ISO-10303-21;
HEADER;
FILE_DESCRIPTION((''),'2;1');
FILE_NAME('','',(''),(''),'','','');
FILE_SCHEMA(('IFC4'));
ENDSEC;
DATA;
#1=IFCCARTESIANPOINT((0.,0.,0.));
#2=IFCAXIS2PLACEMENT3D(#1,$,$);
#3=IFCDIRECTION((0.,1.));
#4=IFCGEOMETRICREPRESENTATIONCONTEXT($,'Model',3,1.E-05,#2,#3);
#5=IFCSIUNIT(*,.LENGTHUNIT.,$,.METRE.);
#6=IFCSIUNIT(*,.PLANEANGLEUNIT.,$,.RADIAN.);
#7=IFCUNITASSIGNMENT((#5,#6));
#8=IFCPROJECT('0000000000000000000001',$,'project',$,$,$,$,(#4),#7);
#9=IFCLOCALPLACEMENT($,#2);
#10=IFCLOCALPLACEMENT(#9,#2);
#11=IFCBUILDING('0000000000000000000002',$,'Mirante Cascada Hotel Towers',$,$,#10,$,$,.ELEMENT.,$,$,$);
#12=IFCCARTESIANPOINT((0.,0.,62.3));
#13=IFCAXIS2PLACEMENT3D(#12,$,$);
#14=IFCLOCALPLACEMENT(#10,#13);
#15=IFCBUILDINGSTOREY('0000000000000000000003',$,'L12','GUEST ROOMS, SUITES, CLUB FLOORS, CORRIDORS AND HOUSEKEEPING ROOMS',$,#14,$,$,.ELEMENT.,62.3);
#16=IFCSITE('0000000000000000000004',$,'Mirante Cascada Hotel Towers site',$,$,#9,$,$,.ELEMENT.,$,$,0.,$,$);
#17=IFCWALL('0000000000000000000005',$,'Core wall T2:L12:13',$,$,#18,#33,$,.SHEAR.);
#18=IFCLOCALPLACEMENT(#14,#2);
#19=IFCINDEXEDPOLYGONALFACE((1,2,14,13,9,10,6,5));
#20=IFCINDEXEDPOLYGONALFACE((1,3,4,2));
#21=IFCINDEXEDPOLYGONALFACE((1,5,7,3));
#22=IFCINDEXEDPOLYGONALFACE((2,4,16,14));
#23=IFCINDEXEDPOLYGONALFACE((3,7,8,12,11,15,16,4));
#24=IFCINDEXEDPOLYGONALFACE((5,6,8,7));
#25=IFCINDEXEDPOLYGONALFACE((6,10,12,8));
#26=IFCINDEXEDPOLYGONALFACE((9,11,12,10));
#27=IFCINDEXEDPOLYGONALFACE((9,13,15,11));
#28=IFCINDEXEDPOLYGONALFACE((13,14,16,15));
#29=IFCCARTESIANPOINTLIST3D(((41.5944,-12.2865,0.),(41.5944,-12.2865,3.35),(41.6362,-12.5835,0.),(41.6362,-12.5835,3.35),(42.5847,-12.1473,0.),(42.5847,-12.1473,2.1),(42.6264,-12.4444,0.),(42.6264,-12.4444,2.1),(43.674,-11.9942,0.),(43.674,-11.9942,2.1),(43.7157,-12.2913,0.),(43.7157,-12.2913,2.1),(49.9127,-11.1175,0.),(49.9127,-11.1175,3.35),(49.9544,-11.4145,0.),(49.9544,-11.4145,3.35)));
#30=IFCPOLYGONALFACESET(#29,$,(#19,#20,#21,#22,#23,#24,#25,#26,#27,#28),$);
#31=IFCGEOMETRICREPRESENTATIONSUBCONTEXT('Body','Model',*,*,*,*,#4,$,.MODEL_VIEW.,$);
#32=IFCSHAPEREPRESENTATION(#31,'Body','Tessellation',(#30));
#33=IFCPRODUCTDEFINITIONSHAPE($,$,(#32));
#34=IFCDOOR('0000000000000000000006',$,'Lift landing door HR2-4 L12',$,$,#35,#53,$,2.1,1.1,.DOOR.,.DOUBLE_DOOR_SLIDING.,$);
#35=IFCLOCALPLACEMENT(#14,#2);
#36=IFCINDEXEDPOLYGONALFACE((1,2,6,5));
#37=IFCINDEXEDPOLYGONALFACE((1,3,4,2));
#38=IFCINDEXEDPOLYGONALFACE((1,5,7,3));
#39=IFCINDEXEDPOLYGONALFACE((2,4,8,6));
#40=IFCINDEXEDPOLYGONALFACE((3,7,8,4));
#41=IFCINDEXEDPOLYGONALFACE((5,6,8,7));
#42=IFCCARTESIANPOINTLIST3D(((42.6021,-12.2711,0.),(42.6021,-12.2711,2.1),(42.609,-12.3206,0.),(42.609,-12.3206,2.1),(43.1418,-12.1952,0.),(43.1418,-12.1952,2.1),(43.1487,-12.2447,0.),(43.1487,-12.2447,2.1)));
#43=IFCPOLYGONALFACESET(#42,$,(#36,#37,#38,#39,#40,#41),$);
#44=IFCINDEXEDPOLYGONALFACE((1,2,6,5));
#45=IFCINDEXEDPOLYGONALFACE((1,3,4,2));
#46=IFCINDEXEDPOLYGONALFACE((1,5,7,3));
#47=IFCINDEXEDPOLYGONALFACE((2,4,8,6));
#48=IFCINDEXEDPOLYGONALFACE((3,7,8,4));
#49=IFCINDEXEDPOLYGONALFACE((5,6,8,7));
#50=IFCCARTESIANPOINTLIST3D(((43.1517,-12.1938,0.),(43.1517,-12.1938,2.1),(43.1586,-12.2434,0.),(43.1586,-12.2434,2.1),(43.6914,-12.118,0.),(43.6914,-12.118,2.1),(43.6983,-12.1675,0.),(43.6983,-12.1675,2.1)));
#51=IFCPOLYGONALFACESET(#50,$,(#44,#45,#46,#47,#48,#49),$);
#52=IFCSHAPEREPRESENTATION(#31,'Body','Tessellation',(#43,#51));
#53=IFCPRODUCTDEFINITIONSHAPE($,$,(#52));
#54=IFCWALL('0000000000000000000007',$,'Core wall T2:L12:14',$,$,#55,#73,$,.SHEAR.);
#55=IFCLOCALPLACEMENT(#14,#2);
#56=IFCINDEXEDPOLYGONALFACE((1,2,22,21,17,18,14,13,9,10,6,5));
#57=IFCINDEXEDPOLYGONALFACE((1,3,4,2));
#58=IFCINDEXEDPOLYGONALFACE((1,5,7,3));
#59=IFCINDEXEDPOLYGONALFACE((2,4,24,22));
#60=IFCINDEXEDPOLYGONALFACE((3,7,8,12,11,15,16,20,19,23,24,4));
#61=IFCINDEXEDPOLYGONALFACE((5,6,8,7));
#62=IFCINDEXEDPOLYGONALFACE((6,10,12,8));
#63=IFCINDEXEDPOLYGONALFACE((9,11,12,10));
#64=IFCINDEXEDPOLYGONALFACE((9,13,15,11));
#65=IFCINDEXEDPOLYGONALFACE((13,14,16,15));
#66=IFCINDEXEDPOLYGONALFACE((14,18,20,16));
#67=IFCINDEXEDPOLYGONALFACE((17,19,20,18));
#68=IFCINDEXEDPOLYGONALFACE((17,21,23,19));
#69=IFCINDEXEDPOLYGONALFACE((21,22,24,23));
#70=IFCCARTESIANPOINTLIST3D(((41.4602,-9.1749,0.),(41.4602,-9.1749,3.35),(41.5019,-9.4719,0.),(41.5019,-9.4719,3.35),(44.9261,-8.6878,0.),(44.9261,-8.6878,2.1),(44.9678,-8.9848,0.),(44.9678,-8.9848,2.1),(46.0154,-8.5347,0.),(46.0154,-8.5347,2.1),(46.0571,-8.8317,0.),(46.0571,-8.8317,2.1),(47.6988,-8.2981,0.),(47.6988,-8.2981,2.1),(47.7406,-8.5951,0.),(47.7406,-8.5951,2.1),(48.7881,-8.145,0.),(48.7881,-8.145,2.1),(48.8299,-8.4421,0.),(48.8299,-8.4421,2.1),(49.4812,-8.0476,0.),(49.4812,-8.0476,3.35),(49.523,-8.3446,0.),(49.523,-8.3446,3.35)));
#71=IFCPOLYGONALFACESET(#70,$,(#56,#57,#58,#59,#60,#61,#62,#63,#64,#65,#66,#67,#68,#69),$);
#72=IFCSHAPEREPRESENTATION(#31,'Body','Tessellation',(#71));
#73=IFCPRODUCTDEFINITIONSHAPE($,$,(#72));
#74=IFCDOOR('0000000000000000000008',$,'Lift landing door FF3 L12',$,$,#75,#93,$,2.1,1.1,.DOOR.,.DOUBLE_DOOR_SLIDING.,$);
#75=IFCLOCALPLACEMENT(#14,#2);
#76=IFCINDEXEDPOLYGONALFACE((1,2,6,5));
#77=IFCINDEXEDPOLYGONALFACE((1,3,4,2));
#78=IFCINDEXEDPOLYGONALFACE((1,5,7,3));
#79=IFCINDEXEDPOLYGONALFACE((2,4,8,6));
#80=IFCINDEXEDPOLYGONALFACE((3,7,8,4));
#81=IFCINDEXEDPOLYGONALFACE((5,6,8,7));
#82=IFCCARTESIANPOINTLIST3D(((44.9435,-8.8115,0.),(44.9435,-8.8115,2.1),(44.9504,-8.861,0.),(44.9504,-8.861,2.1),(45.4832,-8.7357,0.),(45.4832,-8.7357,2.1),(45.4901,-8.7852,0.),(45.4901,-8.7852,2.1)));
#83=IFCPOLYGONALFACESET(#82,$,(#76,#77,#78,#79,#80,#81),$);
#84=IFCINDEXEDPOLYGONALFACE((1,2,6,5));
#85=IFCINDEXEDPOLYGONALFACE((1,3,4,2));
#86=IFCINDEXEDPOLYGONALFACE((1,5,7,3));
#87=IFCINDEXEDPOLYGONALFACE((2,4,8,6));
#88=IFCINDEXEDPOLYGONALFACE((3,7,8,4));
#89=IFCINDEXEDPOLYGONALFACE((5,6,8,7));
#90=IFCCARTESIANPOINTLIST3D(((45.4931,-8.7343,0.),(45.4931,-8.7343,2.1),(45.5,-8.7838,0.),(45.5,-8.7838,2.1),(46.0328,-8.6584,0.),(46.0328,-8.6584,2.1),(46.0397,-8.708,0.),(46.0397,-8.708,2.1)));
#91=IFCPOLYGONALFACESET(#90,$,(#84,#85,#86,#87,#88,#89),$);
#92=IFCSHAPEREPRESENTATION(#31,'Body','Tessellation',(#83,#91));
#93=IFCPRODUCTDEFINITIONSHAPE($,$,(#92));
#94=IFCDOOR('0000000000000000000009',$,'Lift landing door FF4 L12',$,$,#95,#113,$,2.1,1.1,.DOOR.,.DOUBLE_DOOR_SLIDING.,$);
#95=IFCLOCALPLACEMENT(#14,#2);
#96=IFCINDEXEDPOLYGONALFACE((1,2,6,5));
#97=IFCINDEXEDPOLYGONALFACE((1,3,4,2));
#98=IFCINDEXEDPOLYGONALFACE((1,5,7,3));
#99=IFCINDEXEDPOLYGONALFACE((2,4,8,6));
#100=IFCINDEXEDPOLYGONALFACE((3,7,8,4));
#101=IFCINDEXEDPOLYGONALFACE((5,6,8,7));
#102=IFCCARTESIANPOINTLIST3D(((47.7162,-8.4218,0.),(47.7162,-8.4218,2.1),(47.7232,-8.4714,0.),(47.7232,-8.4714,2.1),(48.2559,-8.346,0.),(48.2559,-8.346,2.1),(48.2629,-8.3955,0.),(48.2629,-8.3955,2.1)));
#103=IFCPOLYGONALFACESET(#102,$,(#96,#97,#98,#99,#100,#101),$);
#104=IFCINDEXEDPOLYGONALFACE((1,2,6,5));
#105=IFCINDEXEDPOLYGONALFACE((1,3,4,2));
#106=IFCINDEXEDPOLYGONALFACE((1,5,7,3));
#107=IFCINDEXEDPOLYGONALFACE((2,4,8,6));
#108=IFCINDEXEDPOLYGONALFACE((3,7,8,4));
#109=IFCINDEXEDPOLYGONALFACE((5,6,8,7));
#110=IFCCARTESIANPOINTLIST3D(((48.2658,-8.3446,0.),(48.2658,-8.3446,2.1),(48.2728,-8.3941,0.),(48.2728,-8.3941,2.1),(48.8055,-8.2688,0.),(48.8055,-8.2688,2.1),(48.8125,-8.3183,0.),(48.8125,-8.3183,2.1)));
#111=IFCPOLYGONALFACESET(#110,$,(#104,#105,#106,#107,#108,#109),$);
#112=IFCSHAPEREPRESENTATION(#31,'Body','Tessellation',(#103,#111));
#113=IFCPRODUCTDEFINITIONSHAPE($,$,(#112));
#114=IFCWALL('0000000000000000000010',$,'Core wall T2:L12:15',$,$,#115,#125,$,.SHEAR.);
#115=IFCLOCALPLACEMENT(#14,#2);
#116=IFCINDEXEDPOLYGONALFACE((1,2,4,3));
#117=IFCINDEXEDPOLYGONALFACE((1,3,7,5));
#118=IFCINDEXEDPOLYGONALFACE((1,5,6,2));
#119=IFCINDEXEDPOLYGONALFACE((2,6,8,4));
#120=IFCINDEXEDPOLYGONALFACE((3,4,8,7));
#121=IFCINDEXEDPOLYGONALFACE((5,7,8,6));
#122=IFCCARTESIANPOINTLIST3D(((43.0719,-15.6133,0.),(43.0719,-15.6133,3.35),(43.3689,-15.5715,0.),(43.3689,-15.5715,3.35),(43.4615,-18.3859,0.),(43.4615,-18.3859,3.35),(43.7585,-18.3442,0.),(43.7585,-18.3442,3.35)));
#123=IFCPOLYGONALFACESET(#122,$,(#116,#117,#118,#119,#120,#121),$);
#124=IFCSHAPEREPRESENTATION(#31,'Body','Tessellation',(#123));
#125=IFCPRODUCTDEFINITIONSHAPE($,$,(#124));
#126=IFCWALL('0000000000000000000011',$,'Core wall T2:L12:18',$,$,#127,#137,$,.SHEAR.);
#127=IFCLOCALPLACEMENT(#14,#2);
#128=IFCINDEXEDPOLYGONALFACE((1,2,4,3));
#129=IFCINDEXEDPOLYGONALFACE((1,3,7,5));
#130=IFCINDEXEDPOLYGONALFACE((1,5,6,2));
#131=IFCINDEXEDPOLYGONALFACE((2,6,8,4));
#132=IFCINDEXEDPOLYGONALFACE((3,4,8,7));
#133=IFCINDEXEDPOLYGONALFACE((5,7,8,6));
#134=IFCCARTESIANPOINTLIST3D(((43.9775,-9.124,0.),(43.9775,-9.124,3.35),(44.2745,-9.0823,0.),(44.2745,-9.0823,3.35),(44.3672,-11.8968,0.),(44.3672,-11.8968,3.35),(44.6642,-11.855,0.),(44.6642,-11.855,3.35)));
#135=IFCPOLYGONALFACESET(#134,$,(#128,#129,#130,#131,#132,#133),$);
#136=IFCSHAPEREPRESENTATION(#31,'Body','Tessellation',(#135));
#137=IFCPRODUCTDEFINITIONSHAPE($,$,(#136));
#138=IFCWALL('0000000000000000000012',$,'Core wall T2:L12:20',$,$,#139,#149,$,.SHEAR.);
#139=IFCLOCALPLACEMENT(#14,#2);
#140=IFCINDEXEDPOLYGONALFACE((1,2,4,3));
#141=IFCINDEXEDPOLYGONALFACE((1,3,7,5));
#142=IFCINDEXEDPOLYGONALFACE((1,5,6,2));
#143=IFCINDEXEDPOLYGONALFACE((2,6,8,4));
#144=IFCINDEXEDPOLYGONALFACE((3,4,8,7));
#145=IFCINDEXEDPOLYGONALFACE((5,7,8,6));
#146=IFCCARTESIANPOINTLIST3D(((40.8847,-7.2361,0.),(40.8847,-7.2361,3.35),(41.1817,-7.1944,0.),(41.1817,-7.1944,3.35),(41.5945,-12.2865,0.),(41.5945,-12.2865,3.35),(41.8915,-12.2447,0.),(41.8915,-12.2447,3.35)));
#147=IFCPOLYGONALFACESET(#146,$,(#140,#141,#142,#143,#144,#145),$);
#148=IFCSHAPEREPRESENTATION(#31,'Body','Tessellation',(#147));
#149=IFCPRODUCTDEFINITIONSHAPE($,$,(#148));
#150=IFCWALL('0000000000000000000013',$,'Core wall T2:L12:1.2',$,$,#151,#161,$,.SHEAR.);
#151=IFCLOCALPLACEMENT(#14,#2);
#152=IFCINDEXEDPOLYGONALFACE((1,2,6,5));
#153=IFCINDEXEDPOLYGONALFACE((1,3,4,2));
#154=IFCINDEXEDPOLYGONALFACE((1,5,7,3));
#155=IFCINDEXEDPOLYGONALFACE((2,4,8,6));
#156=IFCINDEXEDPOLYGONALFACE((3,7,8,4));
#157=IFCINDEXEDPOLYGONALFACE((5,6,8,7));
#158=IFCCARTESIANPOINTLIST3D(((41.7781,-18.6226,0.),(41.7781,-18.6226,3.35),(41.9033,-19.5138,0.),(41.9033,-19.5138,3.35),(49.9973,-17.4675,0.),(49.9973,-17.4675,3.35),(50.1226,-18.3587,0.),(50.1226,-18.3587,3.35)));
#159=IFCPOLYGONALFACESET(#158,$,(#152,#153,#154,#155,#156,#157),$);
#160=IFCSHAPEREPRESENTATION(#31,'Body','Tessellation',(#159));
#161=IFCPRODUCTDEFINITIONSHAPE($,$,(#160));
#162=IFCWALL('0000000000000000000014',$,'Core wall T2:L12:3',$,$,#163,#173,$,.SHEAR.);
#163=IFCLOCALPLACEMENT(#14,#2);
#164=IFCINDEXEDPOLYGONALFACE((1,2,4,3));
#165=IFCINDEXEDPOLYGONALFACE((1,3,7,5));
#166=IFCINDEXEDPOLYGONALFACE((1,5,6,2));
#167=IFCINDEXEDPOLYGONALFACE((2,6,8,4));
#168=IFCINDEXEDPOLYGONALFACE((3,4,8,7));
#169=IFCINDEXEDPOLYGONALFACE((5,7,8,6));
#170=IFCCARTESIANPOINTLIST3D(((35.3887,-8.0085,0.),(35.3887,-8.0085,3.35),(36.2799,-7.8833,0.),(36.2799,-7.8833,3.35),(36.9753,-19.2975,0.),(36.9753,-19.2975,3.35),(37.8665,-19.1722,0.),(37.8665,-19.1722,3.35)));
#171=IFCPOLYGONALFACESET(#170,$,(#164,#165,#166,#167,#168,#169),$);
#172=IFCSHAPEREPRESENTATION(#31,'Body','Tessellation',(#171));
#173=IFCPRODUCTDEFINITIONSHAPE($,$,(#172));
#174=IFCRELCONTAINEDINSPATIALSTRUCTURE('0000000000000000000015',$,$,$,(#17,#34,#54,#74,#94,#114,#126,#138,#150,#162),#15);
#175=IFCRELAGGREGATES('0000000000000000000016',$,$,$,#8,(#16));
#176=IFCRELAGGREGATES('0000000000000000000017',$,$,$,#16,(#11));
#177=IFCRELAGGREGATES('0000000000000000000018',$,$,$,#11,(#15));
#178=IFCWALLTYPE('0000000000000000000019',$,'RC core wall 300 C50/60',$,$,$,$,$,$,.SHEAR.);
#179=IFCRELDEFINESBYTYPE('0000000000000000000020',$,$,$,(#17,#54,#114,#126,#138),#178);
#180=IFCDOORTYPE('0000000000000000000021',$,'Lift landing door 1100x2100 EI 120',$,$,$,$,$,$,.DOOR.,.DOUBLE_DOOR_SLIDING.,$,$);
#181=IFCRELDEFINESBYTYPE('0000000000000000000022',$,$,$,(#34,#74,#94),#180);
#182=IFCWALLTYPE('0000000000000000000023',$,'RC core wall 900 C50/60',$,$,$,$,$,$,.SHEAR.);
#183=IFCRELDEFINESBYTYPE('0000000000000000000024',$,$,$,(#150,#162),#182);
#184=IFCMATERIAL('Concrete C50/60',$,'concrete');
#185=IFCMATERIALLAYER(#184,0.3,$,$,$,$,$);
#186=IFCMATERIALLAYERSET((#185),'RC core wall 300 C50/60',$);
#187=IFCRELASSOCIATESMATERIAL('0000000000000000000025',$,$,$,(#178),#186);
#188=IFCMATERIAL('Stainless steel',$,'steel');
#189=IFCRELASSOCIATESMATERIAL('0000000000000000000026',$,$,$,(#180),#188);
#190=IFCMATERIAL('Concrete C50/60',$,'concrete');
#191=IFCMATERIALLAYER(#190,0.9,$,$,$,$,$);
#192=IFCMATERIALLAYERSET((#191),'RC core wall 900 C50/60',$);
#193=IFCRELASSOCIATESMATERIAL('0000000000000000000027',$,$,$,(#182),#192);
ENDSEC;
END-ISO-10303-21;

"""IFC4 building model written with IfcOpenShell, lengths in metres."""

from ifc_helpers import new_model, si_unit, direction, frame, frame_2d, origin, place, context, subcontext, project, spatial, rectangle, extrude, material, layer, layer_set, type_object, element, fill, save


model = new_model("IFC4")

# Units and contexts
model_context = context("Model", 3, precision=1e-05, world=origin(), true_north=direction((0.0, 1.0)))
body_context = subcontext(model_context, "Body", "Model", "MODEL_VIEW")
ifc_project = project(units=[si_unit("LENGTHUNIT", "METRE"), si_unit("PLANEANGLEUNIT", "RADIAN")], contexts=[model_context])

# Site, building, storey
site_placement = place(None, origin())
site = spatial("IfcSite", under=ifc_project, at=site_placement, Name="Mirante Cascada Hotel Towers site", CompositionType="ELEMENT", RefElevation=0.0)
building_placement = place(site_placement, origin())
building = spatial("IfcBuilding", under=site, at=building_placement, Name="Mirante Cascada Hotel Towers", CompositionType="ELEMENT")
storey_placement = place(building_placement, frame((0.0, 0.0, 62.3)))
storey = spatial("IfcBuildingStorey", under=building, at=storey_placement, Name="L12", Description="GUEST ROOMS, SUITES, CLUB FLOORS, CORRIDORS AND HOUSEKEEPING ROOMS", CompositionType="ELEMENT", Elevation=62.3)

# Shared definitions
ifc_material_1 = material(Name="Concrete C50/60", Category="concrete")
ifc_layer_1 = layer(ifc_material_1, 0.3)
ifc_layer_set_1 = layer_set([ifc_layer_1], Name="RC core wall 300 C50/60")
wall_type_1 = type_object("IfcWallType", Name="RC core wall 300 C50/60", PredefinedType="SHEAR", material=ifc_layer_set_1)

# Shared definitions
ifc_material_2 = material(Name="Stainless steel", Category="steel")
door_type_1 = type_object("IfcDoorType", Name="Lift landing door 1100x2100 EI 120", OperationType="DOUBLE_DOOR_SLIDING", PredefinedType="DOOR", material=ifc_material_2)

# Wall, opening, door
wall_1_placement = place(storey_placement, frame((41.6153, -12.435, 0.0), z_axis=(0.0, 0.0, 1.0), x_axis=(0.990269, 0.139166, 0.0)))
wall_1 = element("IfcWall", 1, at=wall_1_placement, inside=storey, type_object=wall_type_1, Name="Core wall T2:L12:13", PredefinedType="SHEAR", context=body_context, shape_type="SweptSolid", body=[
    extrude(rectangle(XDim=8.4, YDim=0.3, at=frame_2d((4.2, 0.0))), origin(), (0.0, 0.0, 1.0), 3.35),
])
opening_1_placement = place(wall_1_placement, frame((1.0, 0.0, 0.0)))
opening_1 = element("IfcOpeningElement", 2, at=opening_1_placement, cuts=wall_1, PredefinedType="OPENING", context=body_context, shape_type="SweptSolid", body=[
    extrude(rectangle(XDim=1.1, YDim=2.1, at=frame_2d((0.55, 1.05))), frame((0.0, 0.15, 0.0), z_axis=(0.0, -1.0, 0.0), x_axis=(1.0, 0.0, 0.0)), (0.0, 0.0, 1.0), 0.3),
])
door_1_placement = place(opening_1_placement, origin())
door_1 = element("IfcDoor", 3, at=door_1_placement, inside=storey, type_object=door_type_1, Name="Lift landing door HR2-4 L12", OperationType="DOUBLE_DOOR_SLIDING", OverallHeight=2.1, OverallWidth=1.1, PredefinedType="DOOR", context=body_context, shape_type="SweptSolid", body=[
    extrude(rectangle(XDim=0.545, YDim=2.1, at=frame_2d((0.2725, 1.05))), frame((0.0, 0.025, 0.0), z_axis=(0.0, -1.0, 0.0), x_axis=(1.0, 0.0, 0.0)), (0.0, 0.0, 1.0), 0.05),
    extrude(rectangle(XDim=0.545, YDim=2.1, at=frame_2d((0.8275, 1.05))), frame((0.0, 0.025, 0.0), z_axis=(0.0, -1.0, 0.0), x_axis=(1.0, 0.0, 0.0)), (0.0, 0.0, 1.0), 0.05),
])
fill(opening_1, door_1)

# Wall, openings, doors
wall_2_placement = place(storey_placement, frame((41.481, -9.3234, 0.0), z_axis=(0.0, 0.0, 1.0), x_axis=(0.990268, 0.139174, 0.0)))
wall_2 = element("IfcWall", 4, at=wall_2_placement, inside=storey, type_object=wall_type_1, Name="Core wall T2:L12:14", PredefinedType="SHEAR", context=body_context, shape_type="SweptSolid", body=[
    extrude(rectangle(XDim=8.0999, YDim=0.3, at=frame_2d((4.05, 0.0))), origin(), (0.0, 0.0, 1.0), 3.35),
])
opening_2_placement = place(wall_2_placement, frame((3.5, 0.0, 0.0)))
opening_2 = element("IfcOpeningElement", 5, at=opening_2_placement, cuts=wall_2, PredefinedType="OPENING", context=body_context, shape_type="SweptSolid", body=[
    extrude(rectangle(XDim=1.1, YDim=2.1, at=frame_2d((0.55, 1.05))), frame((0.0, 0.15, 0.0), z_axis=(0.0, -1.0, 0.0), x_axis=(1.0, 0.0, 0.0)), (0.0, 0.0, 1.0), 0.3),
])
opening_3_placement = place(wall_2_placement, frame((6.3, 0.0, 0.0)))
opening_3 = element("IfcOpeningElement", 6, at=opening_3_placement, cuts=wall_2, PredefinedType="OPENING", context=body_context, shape_type="SweptSolid", body=[
    extrude(rectangle(XDim=1.1, YDim=2.1, at=frame_2d((0.55, 1.05))), frame((0.0, 0.15, 0.0), z_axis=(0.0, -1.0, 0.0), x_axis=(1.0, 0.0, 0.0)), (0.0, 0.0, 1.0), 0.3),
])
door_2_placement = place(opening_2_placement, origin())
door_2 = element("IfcDoor", 7, at=door_2_placement, inside=storey, type_object=door_type_1, Name="Lift landing door FF3 L12", OperationType="DOUBLE_DOOR_SLIDING", OverallHeight=2.1, OverallWidth=1.1, PredefinedType="DOOR", context=body_context, shape_type="SweptSolid", body=[
    extrude(rectangle(XDim=0.545, YDim=2.1, at=frame_2d((0.2725, 1.05))), frame((0.0, 0.025, 0.0), z_axis=(0.0, -1.0, 0.0), x_axis=(1.0, 0.0, 0.0)), (0.0, 0.0, 1.0), 0.05),
    extrude(rectangle(XDim=0.545, YDim=2.1, at=frame_2d((0.8275, 1.05))), frame((0.0, 0.025, 0.0), z_axis=(0.0, -1.0, 0.0), x_axis=(1.0, 0.0, 0.0)), (0.0, 0.0, 1.0), 0.05),
])
fill(opening_2, door_2)
door_3_placement = place(opening_3_placement, origin())
door_3 = element("IfcDoor", 8, at=door_3_placement, inside=storey, type_object=door_type_1, Name="Lift landing door FF4 L12", OperationType="DOUBLE_DOOR_SLIDING", OverallHeight=2.1, OverallWidth=1.1, PredefinedType="DOOR", context=body_context, shape_type="SweptSolid", body=[
    extrude(rectangle(XDim=0.545, YDim=2.1, at=frame_2d((0.2725, 1.05))), frame((0.0, 0.025, 0.0), z_axis=(0.0, -1.0, 0.0), x_axis=(1.0, 0.0, 0.0)), (0.0, 0.0, 1.0), 0.05),
    extrude(rectangle(XDim=0.545, YDim=2.1, at=frame_2d((0.8275, 1.05))), frame((0.0, 0.025, 0.0), z_axis=(0.0, -1.0, 0.0), x_axis=(1.0, 0.0, 0.0)), (0.0, 0.0, 1.0), 0.05),
])
fill(opening_3, door_3)

# Walls
wall_3_placement = place(storey_placement, frame((43.61, -18.3651, 0.0), z_axis=(0.0, 0.0, 1.0), x_axis=(-0.139146, 0.990272, 0.0)))
element("IfcWall", 9, at=wall_3_placement, inside=storey, type_object=wall_type_1, Name="Core wall T2:L12:15", PredefinedType="SHEAR", context=body_context, shape_type="SweptSolid", body=[
    extrude(rectangle(XDim=2.7999, YDim=0.3, at=frame_2d((1.4, 0.0))), origin(), (0.0, 0.0, 1.0), 3.35),
])
wall_4_placement = place(storey_placement, frame((44.5157, -11.8759, 0.0), z_axis=(0.0, 0.0, 1.0), x_axis=(-0.139181, 0.990267, 0.0)))
element("IfcWall", 10, at=wall_4_placement, inside=storey, type_object=wall_type_1, Name="Core wall T2:L12:18", PredefinedType="SHEAR", context=body_context, shape_type="SweptSolid", body=[
    extrude(rectangle(XDim=2.8, YDim=0.3, at=frame_2d((1.4, 0.0))), origin(), (0.0, 0.0, 1.0), 3.35),
])
wall_5_placement = place(storey_placement, frame((41.743, -12.2656, 0.0), z_axis=(0.0, 0.0, 1.0), x_axis=(-0.139176, 0.990268, 0.0)))
element("IfcWall", 11, at=wall_5_placement, inside=storey, type_object=wall_type_1, Name="Core wall T2:L12:20", PredefinedType="SHEAR", context=body_context, shape_type="SweptSolid", body=[
    extrude(rectangle(XDim=5.1, YDim=0.3, at=frame_2d((2.55, 0.0))), origin(), (0.0, 0.0, 1.0), 3.35),
])
ifc_material_3 = material(Name="Concrete C50/60", Category="concrete")
ifc_layer_2 = layer(ifc_material_3, 0.9)
ifc_layer_set_2 = layer_set([ifc_layer_2], Name="RC core wall 900 C50/60")
wall_type_2 = type_object("IfcWallType", Name="RC core wall 900 C50/60", PredefinedType="SHEAR", material=ifc_layer_set_2)
wall_6_placement = place(storey_placement, frame((41.8407, -19.0682, 0.0), z_axis=(0.0, 0.0, 1.0), x_axis=(0.990269, 0.139169, 0.0)))
element("IfcWall", 12, at=wall_6_placement, inside=storey, type_object=wall_type_2, Name="Core wall T2:L12:1.2", PredefinedType="SHEAR", context=body_context, shape_type="SweptSolid", body=[
    extrude(rectangle(XDim=8.3, YDim=0.9, at=frame_2d((4.15, 0.0))), origin(), (0.0, 0.0, 1.0), 3.35),
])
wall_7_placement = place(storey_placement, frame((37.4209, -19.2349, 0.0), z_axis=(0.0, 0.0, 1.0), x_axis=(-0.139176, 0.990268, 0.0)))
element("IfcWall", 13, at=wall_7_placement, inside=storey, type_object=wall_type_2, Name="Core wall T2:L12:3", PredefinedType="SHEAR", context=body_context, shape_type="SweptSolid", body=[
    extrude(rectangle(XDim=11.3999, YDim=0.9, at=frame_2d((5.7, 0.0))), origin(), (0.0, 0.0, 1.0), 3.35),
])

save(model, "model.ifc")
